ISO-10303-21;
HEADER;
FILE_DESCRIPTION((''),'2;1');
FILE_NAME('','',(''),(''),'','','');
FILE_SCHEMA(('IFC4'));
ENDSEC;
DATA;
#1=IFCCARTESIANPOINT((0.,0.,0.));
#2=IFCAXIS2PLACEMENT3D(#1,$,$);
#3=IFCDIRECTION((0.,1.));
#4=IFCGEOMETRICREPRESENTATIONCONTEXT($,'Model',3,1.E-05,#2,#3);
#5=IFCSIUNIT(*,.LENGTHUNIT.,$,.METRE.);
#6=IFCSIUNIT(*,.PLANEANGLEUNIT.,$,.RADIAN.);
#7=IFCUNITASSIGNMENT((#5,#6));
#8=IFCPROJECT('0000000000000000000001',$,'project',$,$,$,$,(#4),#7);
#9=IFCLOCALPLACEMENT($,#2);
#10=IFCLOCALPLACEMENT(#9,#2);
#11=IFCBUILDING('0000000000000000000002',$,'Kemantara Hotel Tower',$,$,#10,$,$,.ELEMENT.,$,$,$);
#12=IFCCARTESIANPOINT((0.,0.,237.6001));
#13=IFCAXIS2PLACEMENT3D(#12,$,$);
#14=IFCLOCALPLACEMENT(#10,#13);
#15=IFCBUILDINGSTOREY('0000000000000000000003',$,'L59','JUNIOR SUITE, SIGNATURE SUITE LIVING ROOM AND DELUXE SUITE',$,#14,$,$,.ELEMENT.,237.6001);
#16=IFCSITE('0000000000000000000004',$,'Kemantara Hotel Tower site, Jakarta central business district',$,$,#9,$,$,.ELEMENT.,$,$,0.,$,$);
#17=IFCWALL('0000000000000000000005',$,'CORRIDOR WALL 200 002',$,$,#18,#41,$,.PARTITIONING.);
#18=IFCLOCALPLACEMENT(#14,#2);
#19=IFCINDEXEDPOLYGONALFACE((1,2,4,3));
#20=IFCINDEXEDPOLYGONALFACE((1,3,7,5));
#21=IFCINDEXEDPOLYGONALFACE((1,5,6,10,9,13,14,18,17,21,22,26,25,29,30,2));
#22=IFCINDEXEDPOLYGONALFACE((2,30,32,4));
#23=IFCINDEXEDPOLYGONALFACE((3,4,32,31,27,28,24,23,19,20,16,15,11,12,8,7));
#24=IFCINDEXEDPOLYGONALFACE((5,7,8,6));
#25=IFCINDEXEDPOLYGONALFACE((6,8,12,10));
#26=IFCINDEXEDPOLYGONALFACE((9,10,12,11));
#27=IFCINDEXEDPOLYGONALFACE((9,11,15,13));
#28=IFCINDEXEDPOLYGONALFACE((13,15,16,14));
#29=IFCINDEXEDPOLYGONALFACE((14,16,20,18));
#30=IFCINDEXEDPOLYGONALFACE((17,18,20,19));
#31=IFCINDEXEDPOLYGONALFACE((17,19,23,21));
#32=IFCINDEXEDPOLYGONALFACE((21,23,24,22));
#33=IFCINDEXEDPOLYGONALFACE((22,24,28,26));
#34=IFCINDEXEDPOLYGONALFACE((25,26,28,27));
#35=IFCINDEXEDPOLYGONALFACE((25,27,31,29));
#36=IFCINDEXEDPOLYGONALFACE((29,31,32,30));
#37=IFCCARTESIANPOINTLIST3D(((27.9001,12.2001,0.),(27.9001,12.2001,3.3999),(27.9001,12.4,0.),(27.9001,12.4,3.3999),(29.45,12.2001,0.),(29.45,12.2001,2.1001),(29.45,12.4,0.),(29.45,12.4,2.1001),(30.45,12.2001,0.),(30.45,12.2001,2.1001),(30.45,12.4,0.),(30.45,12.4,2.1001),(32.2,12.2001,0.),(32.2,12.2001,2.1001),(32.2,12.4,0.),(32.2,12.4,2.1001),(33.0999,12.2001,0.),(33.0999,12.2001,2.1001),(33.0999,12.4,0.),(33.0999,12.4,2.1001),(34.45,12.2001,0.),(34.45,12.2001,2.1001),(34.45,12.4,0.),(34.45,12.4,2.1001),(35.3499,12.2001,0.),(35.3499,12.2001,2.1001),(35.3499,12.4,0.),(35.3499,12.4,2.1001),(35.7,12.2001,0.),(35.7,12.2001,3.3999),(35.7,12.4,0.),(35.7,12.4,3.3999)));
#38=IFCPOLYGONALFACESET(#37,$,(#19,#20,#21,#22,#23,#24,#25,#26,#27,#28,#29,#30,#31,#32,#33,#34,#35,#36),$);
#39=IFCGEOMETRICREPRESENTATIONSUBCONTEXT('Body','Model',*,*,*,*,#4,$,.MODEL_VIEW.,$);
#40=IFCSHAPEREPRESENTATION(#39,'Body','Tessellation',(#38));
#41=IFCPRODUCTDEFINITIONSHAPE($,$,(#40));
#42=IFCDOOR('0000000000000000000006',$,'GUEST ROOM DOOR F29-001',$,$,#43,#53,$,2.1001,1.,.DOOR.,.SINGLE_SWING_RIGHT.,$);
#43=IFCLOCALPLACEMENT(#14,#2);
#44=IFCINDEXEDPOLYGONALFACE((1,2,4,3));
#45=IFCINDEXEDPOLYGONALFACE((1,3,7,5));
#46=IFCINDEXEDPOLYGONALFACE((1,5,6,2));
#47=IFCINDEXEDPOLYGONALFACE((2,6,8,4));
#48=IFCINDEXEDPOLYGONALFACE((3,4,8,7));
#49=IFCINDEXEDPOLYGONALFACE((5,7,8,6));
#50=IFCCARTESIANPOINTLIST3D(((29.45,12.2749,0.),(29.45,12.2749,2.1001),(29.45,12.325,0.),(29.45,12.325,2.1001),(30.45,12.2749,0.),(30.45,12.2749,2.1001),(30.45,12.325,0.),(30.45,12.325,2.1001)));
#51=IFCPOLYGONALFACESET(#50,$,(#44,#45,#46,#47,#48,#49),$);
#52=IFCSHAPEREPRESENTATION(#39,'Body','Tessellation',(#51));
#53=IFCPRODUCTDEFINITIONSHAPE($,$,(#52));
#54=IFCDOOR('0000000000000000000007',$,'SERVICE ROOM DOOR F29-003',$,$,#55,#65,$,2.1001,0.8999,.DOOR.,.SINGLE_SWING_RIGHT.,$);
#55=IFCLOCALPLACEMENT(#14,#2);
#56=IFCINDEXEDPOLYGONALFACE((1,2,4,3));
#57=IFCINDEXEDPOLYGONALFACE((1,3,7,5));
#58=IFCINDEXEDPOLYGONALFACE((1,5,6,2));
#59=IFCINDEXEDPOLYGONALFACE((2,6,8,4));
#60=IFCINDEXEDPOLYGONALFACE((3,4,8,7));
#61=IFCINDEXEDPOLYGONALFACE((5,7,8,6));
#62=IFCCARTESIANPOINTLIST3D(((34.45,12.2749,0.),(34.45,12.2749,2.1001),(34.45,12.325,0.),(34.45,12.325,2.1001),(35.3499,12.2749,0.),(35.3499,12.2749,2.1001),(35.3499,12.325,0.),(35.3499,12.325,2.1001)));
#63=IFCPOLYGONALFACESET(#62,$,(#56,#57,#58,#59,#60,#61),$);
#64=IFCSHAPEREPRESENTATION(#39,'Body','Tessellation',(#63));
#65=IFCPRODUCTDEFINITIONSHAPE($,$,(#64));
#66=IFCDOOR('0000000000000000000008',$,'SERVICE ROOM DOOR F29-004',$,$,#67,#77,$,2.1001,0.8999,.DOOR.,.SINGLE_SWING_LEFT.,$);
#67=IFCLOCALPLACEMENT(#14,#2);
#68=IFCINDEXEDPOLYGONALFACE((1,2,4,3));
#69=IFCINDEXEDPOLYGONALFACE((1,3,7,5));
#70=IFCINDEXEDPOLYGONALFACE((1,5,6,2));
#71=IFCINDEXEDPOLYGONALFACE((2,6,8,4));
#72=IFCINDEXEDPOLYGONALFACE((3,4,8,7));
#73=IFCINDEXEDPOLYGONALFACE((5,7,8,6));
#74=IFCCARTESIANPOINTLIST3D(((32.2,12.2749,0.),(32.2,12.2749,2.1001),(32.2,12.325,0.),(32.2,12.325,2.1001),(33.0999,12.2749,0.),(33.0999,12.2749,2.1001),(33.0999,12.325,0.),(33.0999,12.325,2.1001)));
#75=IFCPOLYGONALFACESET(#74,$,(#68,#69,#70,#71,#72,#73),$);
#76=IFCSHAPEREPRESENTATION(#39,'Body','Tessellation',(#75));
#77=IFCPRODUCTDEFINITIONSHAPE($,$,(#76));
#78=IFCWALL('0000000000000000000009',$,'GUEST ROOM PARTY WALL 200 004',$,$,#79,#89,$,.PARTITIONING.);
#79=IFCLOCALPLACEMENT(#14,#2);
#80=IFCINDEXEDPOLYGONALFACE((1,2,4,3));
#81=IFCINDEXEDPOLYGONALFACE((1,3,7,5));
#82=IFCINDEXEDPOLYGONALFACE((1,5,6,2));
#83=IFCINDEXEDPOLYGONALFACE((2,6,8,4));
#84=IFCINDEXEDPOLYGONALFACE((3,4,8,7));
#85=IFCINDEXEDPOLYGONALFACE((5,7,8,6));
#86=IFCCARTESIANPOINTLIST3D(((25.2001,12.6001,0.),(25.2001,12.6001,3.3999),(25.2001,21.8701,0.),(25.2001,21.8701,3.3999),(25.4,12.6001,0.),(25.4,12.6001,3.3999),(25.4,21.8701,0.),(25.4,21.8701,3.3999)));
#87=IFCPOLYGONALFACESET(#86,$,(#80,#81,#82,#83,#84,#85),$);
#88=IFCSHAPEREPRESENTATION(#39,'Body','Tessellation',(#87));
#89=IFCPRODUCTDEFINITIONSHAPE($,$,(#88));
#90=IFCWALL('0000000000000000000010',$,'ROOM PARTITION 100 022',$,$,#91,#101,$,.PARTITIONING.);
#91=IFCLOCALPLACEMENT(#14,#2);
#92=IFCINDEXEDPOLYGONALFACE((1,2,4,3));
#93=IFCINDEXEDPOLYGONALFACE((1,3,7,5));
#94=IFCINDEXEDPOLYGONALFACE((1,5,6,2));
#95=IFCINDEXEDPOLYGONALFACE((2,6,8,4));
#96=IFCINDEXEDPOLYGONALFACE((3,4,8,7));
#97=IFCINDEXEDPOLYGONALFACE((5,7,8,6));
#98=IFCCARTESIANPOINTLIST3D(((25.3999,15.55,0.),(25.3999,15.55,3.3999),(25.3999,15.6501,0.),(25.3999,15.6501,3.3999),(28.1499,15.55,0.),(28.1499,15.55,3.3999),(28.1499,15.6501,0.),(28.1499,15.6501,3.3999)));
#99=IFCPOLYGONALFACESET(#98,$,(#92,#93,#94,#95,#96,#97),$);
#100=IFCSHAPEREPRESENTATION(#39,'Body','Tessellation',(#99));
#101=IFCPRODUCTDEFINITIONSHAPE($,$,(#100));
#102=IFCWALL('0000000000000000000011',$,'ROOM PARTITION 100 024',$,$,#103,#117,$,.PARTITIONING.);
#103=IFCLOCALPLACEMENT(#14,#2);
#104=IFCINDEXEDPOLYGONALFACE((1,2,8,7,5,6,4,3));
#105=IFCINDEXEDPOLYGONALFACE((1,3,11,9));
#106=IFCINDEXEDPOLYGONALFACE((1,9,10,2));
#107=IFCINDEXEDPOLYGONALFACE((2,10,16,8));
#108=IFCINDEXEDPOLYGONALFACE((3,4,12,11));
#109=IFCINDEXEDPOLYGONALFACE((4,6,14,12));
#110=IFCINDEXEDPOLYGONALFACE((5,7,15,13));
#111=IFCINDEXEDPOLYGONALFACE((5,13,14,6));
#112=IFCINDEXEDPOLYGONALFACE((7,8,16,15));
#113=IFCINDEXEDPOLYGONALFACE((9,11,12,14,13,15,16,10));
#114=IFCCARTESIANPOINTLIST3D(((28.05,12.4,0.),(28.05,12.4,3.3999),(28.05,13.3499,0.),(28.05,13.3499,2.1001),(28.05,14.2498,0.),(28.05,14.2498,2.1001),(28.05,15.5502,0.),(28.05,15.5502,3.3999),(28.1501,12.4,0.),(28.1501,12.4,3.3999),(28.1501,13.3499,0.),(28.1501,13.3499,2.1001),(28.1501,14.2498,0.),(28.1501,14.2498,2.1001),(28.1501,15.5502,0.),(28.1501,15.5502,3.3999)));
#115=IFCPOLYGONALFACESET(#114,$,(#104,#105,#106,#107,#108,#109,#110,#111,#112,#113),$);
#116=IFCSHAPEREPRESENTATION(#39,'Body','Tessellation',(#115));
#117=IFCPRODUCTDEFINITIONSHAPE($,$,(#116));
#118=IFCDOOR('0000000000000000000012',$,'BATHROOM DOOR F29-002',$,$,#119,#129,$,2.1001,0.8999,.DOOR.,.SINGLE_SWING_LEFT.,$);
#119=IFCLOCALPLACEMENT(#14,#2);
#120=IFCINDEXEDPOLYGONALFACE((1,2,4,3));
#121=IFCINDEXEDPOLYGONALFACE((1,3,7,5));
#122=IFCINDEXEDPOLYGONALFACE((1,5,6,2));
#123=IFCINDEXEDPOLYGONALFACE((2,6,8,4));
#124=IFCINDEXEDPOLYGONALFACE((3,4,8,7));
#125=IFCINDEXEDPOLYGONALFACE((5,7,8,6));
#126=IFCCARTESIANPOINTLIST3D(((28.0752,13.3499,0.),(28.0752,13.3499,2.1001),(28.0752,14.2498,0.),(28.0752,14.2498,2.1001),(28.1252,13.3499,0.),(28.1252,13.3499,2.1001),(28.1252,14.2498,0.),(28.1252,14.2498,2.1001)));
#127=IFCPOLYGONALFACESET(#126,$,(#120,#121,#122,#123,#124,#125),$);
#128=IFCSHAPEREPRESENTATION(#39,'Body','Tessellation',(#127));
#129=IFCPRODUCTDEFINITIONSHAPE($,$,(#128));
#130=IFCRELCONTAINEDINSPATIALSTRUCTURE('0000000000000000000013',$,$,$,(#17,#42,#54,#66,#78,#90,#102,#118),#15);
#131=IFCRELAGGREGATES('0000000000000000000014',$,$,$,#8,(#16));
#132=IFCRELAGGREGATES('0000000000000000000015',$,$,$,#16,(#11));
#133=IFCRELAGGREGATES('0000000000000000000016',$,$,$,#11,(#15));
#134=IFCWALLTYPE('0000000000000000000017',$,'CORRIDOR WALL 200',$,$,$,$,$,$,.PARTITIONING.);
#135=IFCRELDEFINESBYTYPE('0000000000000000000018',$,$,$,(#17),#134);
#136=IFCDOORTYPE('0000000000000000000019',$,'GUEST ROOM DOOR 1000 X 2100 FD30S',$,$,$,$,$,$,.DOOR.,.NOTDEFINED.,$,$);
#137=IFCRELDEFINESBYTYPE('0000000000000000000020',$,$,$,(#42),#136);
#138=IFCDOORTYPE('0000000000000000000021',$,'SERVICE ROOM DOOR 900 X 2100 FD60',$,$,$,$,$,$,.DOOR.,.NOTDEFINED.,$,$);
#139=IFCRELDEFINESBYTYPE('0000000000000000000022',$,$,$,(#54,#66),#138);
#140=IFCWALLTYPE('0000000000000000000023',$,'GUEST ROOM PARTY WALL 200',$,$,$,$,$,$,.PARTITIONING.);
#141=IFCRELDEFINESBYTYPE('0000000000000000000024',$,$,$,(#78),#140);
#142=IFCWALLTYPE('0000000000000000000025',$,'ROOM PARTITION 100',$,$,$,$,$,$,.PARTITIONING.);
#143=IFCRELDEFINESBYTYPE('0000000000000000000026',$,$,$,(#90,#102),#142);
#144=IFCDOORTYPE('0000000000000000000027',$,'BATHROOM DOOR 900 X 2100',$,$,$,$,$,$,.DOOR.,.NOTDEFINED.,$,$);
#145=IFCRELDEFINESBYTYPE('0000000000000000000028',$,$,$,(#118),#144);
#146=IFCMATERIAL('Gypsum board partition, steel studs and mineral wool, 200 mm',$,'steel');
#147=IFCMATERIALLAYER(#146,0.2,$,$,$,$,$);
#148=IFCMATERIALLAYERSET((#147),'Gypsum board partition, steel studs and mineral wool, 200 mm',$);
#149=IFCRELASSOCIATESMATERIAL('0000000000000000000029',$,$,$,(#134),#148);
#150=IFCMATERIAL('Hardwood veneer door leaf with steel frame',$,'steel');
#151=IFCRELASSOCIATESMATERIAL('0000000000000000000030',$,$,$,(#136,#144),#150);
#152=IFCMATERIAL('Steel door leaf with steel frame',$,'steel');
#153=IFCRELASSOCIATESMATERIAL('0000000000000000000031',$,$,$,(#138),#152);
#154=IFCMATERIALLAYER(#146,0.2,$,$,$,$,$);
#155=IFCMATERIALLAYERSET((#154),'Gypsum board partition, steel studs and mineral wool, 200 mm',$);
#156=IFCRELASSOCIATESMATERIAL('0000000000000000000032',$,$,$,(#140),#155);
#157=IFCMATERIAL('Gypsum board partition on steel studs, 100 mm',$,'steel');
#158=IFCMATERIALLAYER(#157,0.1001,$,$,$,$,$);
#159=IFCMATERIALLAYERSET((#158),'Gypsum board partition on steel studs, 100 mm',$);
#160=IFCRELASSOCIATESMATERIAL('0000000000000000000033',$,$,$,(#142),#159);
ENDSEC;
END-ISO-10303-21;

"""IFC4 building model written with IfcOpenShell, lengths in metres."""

from ifc_helpers import new_model, si_unit, direction, frame, frame_2d, origin, place, context, subcontext, project, spatial, rectangle, extrude, material, layer, layer_set, type_object, element, fill, save


model = new_model("IFC4")

# Units and contexts
model_context = context("Model", 3, precision=1e-05, world=origin(), true_north=direction((0.0, 1.0)))
body_context = subcontext(model_context, "Body", "Model", "MODEL_VIEW")
ifc_project = project(units=[si_unit("LENGTHUNIT", "METRE"), si_unit("PLANEANGLEUNIT", "RADIAN")], contexts=[model_context])

# Site, building, storey
site_placement = place(None, origin())
site = spatial("IfcSite", under=ifc_project, at=site_placement, Name="Kemantara Hotel Tower site, Jakarta central business district", CompositionType="ELEMENT", RefElevation=0.0)
building_placement = place(site_placement, origin())
building = spatial("IfcBuilding", under=site, at=building_placement, Name="Kemantara Hotel Tower", CompositionType="ELEMENT")
storey_placement = place(building_placement, frame((0.0, 0.0, 237.6001)))
storey = spatial("IfcBuildingStorey", under=building, at=storey_placement, Name="L59", Description="JUNIOR SUITE, SIGNATURE SUITE LIVING ROOM AND DELUXE SUITE", CompositionType="ELEMENT", Elevation=237.6001)

# Shared definitions
ifc_material_1 = material(Name="Gypsum board partition, steel studs and mineral wool, 200 mm", Category="steel")
ifc_layer_1 = layer(ifc_material_1, 0.2)
ifc_layer_set_1 = layer_set([ifc_layer_1], Name="Gypsum board partition, steel studs and mineral wool, 200 mm")
wall_type_1 = type_object("IfcWallType", Name="CORRIDOR WALL 200", PredefinedType="PARTITIONING", material=ifc_layer_set_1)

# Wall, openings, doors
wall_1_placement = place(storey_placement, frame((27.9001, 12.3, 0.0), z_axis=(0.0, 0.0, 1.0), x_axis=(1.0, 0.0, 0.0)))
wall_1 = element("IfcWall", 1, at=wall_1_placement, inside=storey, type_object=wall_type_1, Name="CORRIDOR WALL 200 002", PredefinedType="PARTITIONING", context=body_context, shape_type="SweptSolid", body=[
    extrude(rectangle(XDim=7.7998, YDim=0.2, at=frame_2d((3.8999, 0.0))), origin(), (0.0, 0.0, 1.0), 3.3999),
])
opening_1_placement = place(wall_1_placement, frame((1.5498, 0.0, 0.0)))
opening_1 = element("IfcOpeningElement", 2, at=opening_1_placement, cuts=wall_1, PredefinedType="OPENING", context=body_context, shape_type="SweptSolid", body=[
    extrude(rectangle(XDim=1.0, YDim=2.1001, at=frame_2d((0.5, 1.05))), frame((0.0, 0.1099, 0.0), z_axis=(0.0, -1.0, 0.0), x_axis=(1.0, 0.0, 0.0)), (0.0, 0.0, 1.0), 0.22),
])
opening_2_placement = place(wall_1_placement, frame((6.5498, 0.0, 0.0)))
opening_2 = element("IfcOpeningElement", 3, at=opening_2_placement, cuts=wall_1, PredefinedType="OPENING", context=body_context, shape_type="SweptSolid", body=[
    extrude(rectangle(XDim=0.8999, YDim=2.1001, at=frame_2d((0.45, 1.05))), frame((0.0, 0.1099, 0.0), z_axis=(0.0, -1.0, 0.0), x_axis=(1.0, 0.0, 0.0)), (0.0, 0.0, 1.0), 0.22),
])
opening_3_placement = place(wall_1_placement, frame((4.2998, 0.0, 0.0)))
opening_3 = element("IfcOpeningElement", 4, at=opening_3_placement, cuts=wall_1, PredefinedType="OPENING", context=body_context, shape_type="SweptSolid", body=[
    extrude(rectangle(XDim=0.8999, YDim=2.1001, at=frame_2d((0.45, 1.05))), frame((0.0, 0.1099, 0.0), z_axis=(0.0, -1.0, 0.0), x_axis=(1.0, 0.0, 0.0)), (0.0, 0.0, 1.0), 0.22),
])
ifc_material_2 = material(Name="Hardwood veneer door leaf with steel frame", Category="steel")
door_type_1 = type_object("IfcDoorType", Name="GUEST ROOM DOOR 1000 X 2100 FD30S", OperationType="NOTDEFINED", PredefinedType="DOOR", material=ifc_material_2)
door_1_placement = place(opening_1_placement, origin())
door_1 = element("IfcDoor", 5, at=door_1_placement, inside=storey, type_object=door_type_1, Name="GUEST ROOM DOOR F29-001", OperationType="SINGLE_SWING_RIGHT", OverallHeight=2.1001, OverallWidth=1.0, PredefinedType="DOOR", context=body_context, shape_type="SweptSolid", body=[
    extrude(rectangle(XDim=1.0, YDim=2.1001, at=frame_2d((0.5, 1.05))), frame((0.0, 0.0249, 0.0), z_axis=(0.0, -1.0, 0.0), x_axis=(1.0, 0.0, 0.0)), (0.0, 0.0, 1.0), 0.05),
])
fill(opening_1, door_1)
ifc_material_3 = material(Name="Steel door leaf with steel frame", Category="steel")
door_type_2 = type_object("IfcDoorType", Name="SERVICE ROOM DOOR 900 X 2100 FD60", OperationType="NOTDEFINED", PredefinedType="DOOR", material=ifc_material_3)
door_2_placement = place(opening_2_placement, origin())
door_2 = element("IfcDoor", 6, at=door_2_placement, inside=storey, type_object=door_type_2, Name="SERVICE ROOM DOOR F29-003", OperationType="SINGLE_SWING_RIGHT", OverallHeight=2.1001, OverallWidth=0.8999, PredefinedType="DOOR", context=body_context, shape_type="SweptSolid", body=[
    extrude(rectangle(XDim=0.8999, YDim=2.1001, at=frame_2d((0.45, 1.05))), frame((0.0, 0.0249, 0.0), z_axis=(0.0, -1.0, 0.0), x_axis=(1.0, 0.0, 0.0)), (0.0, 0.0, 1.0), 0.05),
])
fill(opening_2, door_2)
door_3_placement = place(opening_3_placement, origin())
door_3 = element("IfcDoor", 7, at=door_3_placement, inside=storey, type_object=door_type_2, Name="SERVICE ROOM DOOR F29-004", OperationType="SINGLE_SWING_LEFT", OverallHeight=2.1001, OverallWidth=0.8999, PredefinedType="DOOR", context=body_context, shape_type="SweptSolid", body=[
    extrude(rectangle(XDim=0.8999, YDim=2.1001, at=frame_2d((0.45, 1.05))), frame((0.0, 0.0249, 0.0), z_axis=(0.0, -1.0, 0.0), x_axis=(1.0, 0.0, 0.0)), (0.0, 0.0, 1.0), 0.05),
])
fill(opening_3, door_3)

# Walls
ifc_layer_2 = layer(ifc_material_1, 0.2)
ifc_layer_set_2 = layer_set([ifc_layer_2], Name="Gypsum board partition, steel studs and mineral wool, 200 mm")
wall_type_2 = type_object("IfcWallType", Name="GUEST ROOM PARTY WALL 200", PredefinedType="PARTITIONING", material=ifc_layer_set_2)
wall_2_placement = place(storey_placement, frame((25.3, 12.6001, 0.0), z_axis=(0.0, 0.0, 1.0), x_axis=(0.0, 1.0, 0.0)))
element("IfcWall", 8, at=wall_2_placement, inside=storey, type_object=wall_type_2, Name="GUEST ROOM PARTY WALL 200 004", PredefinedType="PARTITIONING", context=body_context, shape_type="SweptSolid", body=[
    extrude(rectangle(XDim=9.27, YDim=0.2, at=frame_2d((4.635, 0.0))), origin(), (0.0, 0.0, 1.0), 3.3999),
])
ifc_material_4 = material(Name="Gypsum board partition on steel studs, 100 mm", Category="steel")
ifc_layer_3 = layer(ifc_material_4, 0.1001)
ifc_layer_set_3 = layer_set([ifc_layer_3], Name="Gypsum board partition on steel studs, 100 mm")
wall_type_3 = type_object("IfcWallType", Name="ROOM PARTITION 100", PredefinedType="PARTITIONING", material=ifc_layer_set_3)
wall_3_placement = place(storey_placement, frame((25.3999, 15.6001, 0.0), z_axis=(0.0, 0.0, 1.0), x_axis=(1.0, 0.0, 0.0)))
element("IfcWall", 9, at=wall_3_placement, inside=storey, type_object=wall_type_3, Name="ROOM PARTITION 100 022", PredefinedType="PARTITIONING", context=body_context, shape_type="SweptSolid", body=[
    extrude(rectangle(XDim=2.75, YDim=0.1001, at=frame_2d((1.375, 0.0))), origin(), (0.0, 0.0, 1.0), 3.3999),
])

# Wall, opening, door
wall_4_placement = place(storey_placement, frame((28.1001, 12.3999, 0.0), z_axis=(0.0, 0.0, 1.0), x_axis=(0.0, 1.0, 0.0)))
wall_4 = element("IfcWall", 10, at=wall_4_placement, inside=storey, type_object=wall_type_3, Name="ROOM PARTITION 100 024", PredefinedType="PARTITIONING", context=body_context, shape_type="SweptSolid", body=[
    extrude(rectangle(XDim=3.1501, YDim=0.1001, at=frame_2d((1.5752, 0.0))), origin(), (0.0, 0.0, 1.0), 3.3999),
])
opening_4_placement = place(wall_4_placement, frame((0.95, 0.0, 0.0)))
opening_4 = element("IfcOpeningElement", 11, at=opening_4_placement, cuts=wall_4, PredefinedType="OPENING", context=body_context, shape_type="SweptSolid", body=[
    extrude(rectangle(XDim=0.8999, YDim=2.1001, at=frame_2d((0.45, 1.05))), frame((0.0, 0.0601, 0.0), z_axis=(0.0, -1.0, 0.0), x_axis=(1.0, 0.0, 0.0)), (0.0, 0.0, 1.0), 0.1201),
])
door_type_3 = type_object("IfcDoorType", Name="BATHROOM DOOR 900 X 2100", OperationType="NOTDEFINED", PredefinedType="DOOR", material=ifc_material_2)
door_4_placement = place(opening_4_placement, origin())
door_4 = element("IfcDoor", 12, at=door_4_placement, inside=storey, type_object=door_type_3, Name="BATHROOM DOOR F29-002", OperationType="SINGLE_SWING_LEFT", OverallHeight=2.1001, OverallWidth=0.8999, PredefinedType="DOOR", context=body_context, shape_type="SweptSolid", body=[
    extrude(rectangle(XDim=0.8999, YDim=2.1001, at=frame_2d((0.45, 1.05))), frame((0.0, 0.0249, 0.0), z_axis=(0.0, -1.0, 0.0), x_axis=(1.0, 0.0, 0.0)), (0.0, 0.0, 1.0), 0.05),
])
fill(opening_4, door_4)

save(model, "model.ifc")
